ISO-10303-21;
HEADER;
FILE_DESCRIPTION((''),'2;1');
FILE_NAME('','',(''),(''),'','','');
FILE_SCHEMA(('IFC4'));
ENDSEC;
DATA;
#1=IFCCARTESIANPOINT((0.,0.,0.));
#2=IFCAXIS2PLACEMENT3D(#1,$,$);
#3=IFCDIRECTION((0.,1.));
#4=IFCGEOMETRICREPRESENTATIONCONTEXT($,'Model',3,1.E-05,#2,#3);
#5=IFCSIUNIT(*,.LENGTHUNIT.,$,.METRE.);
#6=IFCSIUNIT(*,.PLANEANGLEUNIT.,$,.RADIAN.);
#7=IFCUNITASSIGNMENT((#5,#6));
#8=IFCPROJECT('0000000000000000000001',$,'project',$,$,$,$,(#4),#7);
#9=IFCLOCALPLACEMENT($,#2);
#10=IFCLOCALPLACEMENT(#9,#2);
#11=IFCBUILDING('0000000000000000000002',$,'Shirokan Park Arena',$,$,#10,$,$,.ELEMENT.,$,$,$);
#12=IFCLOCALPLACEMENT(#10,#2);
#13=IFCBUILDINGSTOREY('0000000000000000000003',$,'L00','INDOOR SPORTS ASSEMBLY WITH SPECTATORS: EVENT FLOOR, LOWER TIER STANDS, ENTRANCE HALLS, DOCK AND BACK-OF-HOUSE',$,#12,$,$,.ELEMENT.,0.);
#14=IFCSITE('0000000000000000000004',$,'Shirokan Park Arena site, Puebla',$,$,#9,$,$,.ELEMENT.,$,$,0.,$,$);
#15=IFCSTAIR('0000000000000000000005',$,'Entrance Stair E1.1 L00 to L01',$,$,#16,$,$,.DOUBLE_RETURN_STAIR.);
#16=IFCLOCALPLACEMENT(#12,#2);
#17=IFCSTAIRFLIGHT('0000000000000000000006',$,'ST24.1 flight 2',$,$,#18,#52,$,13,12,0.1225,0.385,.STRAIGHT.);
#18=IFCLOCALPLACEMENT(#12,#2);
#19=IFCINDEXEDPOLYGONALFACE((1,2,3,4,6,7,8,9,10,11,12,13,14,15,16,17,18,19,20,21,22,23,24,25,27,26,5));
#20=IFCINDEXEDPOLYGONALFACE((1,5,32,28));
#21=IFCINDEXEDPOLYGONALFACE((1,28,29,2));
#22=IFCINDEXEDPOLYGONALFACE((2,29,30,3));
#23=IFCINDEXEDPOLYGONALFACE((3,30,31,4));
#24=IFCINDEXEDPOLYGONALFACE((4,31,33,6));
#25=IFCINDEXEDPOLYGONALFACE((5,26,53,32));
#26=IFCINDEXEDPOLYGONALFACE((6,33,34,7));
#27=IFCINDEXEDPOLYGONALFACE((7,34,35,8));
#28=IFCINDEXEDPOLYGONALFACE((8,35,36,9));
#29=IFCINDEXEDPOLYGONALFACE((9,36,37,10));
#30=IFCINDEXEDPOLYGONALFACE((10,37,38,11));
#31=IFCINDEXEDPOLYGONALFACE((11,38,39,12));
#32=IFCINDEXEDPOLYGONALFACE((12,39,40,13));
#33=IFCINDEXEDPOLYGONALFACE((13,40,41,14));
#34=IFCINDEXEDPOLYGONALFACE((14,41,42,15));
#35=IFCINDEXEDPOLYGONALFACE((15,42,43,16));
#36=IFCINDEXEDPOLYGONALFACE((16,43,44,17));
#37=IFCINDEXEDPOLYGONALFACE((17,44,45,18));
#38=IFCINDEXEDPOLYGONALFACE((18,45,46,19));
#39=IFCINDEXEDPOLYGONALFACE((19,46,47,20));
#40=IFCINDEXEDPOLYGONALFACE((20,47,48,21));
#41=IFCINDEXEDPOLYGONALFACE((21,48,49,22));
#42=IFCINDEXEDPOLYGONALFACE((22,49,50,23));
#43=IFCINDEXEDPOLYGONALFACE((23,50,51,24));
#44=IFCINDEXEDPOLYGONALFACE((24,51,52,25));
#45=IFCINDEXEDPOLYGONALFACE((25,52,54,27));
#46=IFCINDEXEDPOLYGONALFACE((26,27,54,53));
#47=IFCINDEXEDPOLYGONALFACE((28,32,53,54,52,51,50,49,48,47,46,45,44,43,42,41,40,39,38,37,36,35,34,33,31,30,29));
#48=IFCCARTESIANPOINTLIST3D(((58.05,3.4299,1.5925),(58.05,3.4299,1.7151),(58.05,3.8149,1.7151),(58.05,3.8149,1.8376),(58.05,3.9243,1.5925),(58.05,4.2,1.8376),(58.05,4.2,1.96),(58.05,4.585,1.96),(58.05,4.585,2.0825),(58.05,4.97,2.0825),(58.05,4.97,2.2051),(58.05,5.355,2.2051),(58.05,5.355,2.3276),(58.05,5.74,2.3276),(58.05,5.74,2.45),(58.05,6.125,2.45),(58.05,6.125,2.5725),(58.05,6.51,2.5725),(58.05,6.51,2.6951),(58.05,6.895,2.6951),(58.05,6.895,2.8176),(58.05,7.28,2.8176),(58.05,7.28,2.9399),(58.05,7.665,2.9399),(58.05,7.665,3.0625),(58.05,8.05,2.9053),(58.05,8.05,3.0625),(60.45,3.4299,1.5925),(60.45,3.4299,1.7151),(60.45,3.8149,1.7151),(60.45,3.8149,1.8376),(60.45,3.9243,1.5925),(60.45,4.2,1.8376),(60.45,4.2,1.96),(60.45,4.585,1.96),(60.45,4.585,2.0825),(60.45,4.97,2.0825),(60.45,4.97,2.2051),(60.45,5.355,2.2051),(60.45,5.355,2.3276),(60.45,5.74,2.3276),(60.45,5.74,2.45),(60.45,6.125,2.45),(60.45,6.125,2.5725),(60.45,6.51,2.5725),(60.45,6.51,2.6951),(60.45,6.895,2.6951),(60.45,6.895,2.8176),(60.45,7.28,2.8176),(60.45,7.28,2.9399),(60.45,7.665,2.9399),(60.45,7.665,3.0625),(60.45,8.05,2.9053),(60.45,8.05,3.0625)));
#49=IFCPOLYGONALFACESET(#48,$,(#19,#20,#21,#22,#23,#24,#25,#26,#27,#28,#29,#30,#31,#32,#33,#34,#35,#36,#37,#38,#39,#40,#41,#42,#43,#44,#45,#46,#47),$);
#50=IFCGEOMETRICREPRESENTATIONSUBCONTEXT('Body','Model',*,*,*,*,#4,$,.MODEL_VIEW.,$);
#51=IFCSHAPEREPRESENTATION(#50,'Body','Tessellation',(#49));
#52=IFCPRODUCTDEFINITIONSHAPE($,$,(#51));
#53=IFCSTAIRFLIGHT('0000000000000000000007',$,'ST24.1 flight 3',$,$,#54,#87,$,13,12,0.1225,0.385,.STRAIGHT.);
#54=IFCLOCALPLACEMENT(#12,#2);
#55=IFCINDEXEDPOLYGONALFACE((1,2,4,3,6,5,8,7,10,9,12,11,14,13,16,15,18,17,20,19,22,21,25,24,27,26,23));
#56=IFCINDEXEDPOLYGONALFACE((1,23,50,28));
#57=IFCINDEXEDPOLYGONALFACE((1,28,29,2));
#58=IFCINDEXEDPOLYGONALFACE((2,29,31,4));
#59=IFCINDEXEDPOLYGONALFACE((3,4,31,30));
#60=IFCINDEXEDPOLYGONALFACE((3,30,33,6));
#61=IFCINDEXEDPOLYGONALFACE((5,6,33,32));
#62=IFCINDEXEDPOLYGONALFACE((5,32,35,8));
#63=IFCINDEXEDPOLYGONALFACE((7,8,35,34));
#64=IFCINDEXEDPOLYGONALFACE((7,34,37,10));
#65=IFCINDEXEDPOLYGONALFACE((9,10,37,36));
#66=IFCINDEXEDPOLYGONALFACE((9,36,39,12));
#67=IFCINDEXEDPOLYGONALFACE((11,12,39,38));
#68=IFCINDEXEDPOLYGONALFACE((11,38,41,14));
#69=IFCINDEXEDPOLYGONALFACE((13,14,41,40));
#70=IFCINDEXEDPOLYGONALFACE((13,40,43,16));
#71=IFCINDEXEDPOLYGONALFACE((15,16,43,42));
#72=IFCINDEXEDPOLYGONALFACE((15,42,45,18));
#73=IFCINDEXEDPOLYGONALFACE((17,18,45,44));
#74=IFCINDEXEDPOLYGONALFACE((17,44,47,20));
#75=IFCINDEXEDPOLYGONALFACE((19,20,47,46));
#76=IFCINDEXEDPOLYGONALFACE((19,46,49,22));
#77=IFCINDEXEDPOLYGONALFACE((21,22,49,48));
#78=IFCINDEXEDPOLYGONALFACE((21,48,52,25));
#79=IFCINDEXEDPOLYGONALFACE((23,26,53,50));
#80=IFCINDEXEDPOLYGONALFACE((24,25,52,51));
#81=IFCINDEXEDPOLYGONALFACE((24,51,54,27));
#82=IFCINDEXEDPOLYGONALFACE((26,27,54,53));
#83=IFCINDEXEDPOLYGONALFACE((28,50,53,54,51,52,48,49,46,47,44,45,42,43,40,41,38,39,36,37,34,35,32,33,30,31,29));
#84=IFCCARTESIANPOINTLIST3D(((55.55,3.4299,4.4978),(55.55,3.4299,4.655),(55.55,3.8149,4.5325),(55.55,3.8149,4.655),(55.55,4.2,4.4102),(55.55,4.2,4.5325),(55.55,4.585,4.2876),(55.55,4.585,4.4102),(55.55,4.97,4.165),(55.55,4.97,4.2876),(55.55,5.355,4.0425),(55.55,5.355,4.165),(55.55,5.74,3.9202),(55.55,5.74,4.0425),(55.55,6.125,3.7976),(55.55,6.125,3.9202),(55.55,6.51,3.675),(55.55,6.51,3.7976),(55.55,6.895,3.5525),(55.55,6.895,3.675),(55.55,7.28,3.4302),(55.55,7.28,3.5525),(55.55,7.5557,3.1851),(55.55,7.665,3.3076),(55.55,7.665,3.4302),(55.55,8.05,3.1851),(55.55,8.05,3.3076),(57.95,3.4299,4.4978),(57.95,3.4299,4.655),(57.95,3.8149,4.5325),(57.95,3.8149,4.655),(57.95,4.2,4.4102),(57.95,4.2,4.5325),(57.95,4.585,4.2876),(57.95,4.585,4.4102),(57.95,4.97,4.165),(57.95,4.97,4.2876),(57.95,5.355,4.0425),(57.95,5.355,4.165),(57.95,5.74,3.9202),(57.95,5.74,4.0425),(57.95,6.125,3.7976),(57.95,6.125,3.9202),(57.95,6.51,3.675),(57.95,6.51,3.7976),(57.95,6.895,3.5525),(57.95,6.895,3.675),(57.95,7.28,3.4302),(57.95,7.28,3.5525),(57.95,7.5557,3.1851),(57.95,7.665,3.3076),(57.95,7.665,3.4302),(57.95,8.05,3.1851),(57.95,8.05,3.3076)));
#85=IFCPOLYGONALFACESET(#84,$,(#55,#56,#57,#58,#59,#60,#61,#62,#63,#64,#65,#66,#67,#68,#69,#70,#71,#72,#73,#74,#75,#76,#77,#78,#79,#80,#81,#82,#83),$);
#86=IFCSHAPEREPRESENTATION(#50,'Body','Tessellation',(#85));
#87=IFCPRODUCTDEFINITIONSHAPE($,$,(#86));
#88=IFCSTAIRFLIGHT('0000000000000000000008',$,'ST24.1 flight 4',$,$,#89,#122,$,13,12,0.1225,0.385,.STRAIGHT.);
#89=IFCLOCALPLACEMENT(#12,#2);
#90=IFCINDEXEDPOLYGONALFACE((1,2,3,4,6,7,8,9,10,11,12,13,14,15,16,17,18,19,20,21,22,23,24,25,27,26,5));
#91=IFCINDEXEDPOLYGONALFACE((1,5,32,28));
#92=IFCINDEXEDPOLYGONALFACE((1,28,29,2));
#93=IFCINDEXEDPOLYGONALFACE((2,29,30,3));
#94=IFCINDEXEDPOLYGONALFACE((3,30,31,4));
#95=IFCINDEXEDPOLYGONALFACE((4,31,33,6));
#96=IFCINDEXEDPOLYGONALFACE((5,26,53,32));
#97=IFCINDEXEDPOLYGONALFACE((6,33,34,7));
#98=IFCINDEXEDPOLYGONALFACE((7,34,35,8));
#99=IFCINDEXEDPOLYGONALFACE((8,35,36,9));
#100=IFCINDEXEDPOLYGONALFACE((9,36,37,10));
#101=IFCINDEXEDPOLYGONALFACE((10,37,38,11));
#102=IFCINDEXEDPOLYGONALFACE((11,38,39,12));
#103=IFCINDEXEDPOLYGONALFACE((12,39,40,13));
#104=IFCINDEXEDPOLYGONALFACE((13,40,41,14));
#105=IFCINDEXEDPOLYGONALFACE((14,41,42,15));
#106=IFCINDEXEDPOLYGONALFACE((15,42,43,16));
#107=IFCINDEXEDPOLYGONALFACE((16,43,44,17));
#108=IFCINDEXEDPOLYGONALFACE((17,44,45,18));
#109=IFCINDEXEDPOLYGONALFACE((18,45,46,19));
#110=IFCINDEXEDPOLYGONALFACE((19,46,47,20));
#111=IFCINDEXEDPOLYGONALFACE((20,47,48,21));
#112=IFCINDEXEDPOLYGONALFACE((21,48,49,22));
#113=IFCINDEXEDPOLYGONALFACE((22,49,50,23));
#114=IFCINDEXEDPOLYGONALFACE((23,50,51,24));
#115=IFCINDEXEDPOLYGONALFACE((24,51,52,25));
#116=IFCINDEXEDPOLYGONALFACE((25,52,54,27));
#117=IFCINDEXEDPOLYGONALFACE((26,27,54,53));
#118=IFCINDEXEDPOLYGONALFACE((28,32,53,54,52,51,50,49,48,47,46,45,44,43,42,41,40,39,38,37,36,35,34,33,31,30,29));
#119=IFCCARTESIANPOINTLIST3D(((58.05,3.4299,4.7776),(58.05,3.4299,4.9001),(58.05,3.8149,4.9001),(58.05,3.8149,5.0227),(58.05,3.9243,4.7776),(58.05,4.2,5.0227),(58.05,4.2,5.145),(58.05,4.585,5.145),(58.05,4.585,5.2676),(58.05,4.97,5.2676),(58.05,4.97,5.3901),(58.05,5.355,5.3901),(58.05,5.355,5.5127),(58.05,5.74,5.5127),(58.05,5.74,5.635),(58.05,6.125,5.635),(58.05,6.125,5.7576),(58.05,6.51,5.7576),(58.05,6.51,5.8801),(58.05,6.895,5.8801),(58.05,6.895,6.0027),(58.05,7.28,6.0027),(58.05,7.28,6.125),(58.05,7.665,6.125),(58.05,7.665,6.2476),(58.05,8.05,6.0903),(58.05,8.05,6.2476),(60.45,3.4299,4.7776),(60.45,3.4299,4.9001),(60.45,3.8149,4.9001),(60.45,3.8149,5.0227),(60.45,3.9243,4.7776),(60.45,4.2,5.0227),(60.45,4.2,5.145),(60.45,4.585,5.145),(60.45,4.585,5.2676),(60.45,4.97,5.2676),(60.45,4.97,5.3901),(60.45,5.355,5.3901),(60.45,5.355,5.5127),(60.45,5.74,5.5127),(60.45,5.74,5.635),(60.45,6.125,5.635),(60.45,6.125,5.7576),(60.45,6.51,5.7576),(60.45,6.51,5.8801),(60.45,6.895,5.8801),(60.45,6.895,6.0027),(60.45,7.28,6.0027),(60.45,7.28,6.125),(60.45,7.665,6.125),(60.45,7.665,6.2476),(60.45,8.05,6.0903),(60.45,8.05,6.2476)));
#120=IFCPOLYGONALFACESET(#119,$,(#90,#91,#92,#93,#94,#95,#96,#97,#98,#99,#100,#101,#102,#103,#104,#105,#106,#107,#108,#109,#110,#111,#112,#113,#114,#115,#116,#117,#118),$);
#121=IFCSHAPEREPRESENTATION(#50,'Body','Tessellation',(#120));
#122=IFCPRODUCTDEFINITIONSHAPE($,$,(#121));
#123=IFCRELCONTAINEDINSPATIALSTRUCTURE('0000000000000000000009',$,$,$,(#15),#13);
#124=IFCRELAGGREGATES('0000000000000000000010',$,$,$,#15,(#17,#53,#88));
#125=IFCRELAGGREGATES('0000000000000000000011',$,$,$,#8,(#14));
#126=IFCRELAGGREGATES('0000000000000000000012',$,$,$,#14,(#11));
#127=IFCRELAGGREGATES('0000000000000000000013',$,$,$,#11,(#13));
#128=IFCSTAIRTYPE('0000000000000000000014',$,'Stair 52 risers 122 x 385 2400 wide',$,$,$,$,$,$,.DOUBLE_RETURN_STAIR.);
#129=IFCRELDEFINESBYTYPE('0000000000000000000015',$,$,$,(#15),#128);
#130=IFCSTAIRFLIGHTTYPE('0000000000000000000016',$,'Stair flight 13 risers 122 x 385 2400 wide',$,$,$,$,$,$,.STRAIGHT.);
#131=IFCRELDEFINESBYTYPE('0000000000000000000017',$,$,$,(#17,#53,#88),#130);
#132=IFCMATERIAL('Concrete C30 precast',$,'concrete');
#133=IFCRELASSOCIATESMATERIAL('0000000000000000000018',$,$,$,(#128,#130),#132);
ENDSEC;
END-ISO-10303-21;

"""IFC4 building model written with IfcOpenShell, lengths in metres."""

from ifc_helpers import new_model, si_unit, direction, frame, origin, place, context, subcontext, project, spatial, polyline, outline, extrude, material, type_object, element, aggregate, save


model = new_model("IFC4")

# Units and contexts
model_context = context("Model", 3, precision=1e-05, world=origin(), true_north=direction((0.0, 1.0)))
body_context = subcontext(model_context, "Body", "Model", "MODEL_VIEW")
ifc_project = project(units=[si_unit("LENGTHUNIT", "METRE"), si_unit("PLANEANGLEUNIT", "RADIAN")], contexts=[model_context])

# Site, building, storey
site_placement = place(None, origin())
site = spatial("IfcSite", under=ifc_project, at=site_placement, Name="Shirokan Park Arena site, Puebla", CompositionType="ELEMENT", RefElevation=0.0)
building_placement = place(site_placement, origin())
building = spatial("IfcBuilding", under=site, at=building_placement, Name="Shirokan Park Arena", CompositionType="ELEMENT")
storey_placement = place(building_placement, origin())
storey = spatial("IfcBuildingStorey", under=building, at=storey_placement, Name="L00", Description="INDOOR SPORTS ASSEMBLY WITH SPECTATORS: EVENT FLOOR, LOWER TIER STANDS, ENTRANCE HALLS, DOCK AND BACK-OF-HOUSE", CompositionType="ELEMENT", Elevation=0.0)

# Stair, stair flights
ifc_material_1 = material(Name="Concrete C30 precast", Category="concrete")
stair_type = type_object("IfcStairType", Name="Stair 52 risers 122 x 385 2400 wide", PredefinedType="DOUBLE_RETURN_STAIR", material=ifc_material_1)
stair_placement = place(storey_placement, origin())
stair = element("IfcStair", 1, at=stair_placement, inside=storey, type_object=stair_type, Name="Entrance Stair E1.1 L00 to L01", PredefinedType="DOUBLE_RETURN_STAIR")
stair_flight_type = type_object("IfcStairFlightType", Name="Stair flight 13 risers 122 x 385 2400 wide", PredefinedType="STRAIGHT", material=ifc_material_1)
stair_flight_1_placement = place(storey_placement, frame((59.25, 3.4299, 1.5925), z_axis=(0.0, 0.0, 1.0), x_axis=(0.0, 1.0, 0.0)))
stair_flight_1 = element("IfcStairFlight", 2, at=stair_flight_1_placement, type_object=stair_flight_type, Name="ST24.1 flight 2", NumberOfRisers=13, NumberOfTreads=12, PredefinedType="STRAIGHT", RiserHeight=0.1225, TreadLength=0.385, context=body_context, shape_type="SweptSolid", body=[
    extrude(outline(polyline([(0.0, 0.0), (0.0, 0.1226), (0.385, 0.1226), (0.385, 0.2451), (0.77, 0.2451), (0.77, 0.3674), (1.155, 0.3674), (1.155, 0.49), (1.54, 0.49), (1.54, 0.6125), (1.925, 0.6125), (1.925, 0.7351), (2.3101, 0.7351), (2.3101, 0.8574), (2.6951, 0.8574), (2.6951, 0.98), (3.0801, 0.98), (3.0801, 1.1025), (3.4651, 1.1025), (3.4651, 1.2251), (3.8501, 1.2251), (3.8501, 1.3474), (4.2351, 1.3474), (4.2351, 1.47), (4.6201, 1.47), (4.6201, 1.5925), (4.6201, 1.3127), (0.4944, 0.0), (0.0, 0.0)])), frame((0.0, 1.2, 0.0), z_axis=(0.0, -1.0, 0.0), x_axis=(1.0, 0.0, 0.0)), (0.0, 0.0, 1.0), 2.3999),
])
stair_flight_2_placement = place(storey_placement, frame((56.75, 8.05, 3.1851), z_axis=(0.0, 0.0, 1.0), x_axis=(0.0, -1.0, 0.0)))
stair_flight_2 = element("IfcStairFlight", 3, at=stair_flight_2_placement, type_object=stair_flight_type, Name="ST24.1 flight 3", NumberOfRisers=13, NumberOfTreads=12, PredefinedType="STRAIGHT", RiserHeight=0.1225, TreadLength=0.385, context=body_context, shape_type="SweptSolid", body=[
    extrude(outline(polyline([(0.0, 0.0), (0.0, 0.1226), (0.385, 0.1226), (0.385, 0.2451), (0.77, 0.2451), (0.77, 0.3674), (1.155, 0.3674), (1.155, 0.49), (1.54, 0.49), (1.54, 0.6125), (1.925, 0.6125), (1.925, 0.7351), (2.3101, 0.7351), (2.3101, 0.8574), (2.6951, 0.8574), (2.6951, 0.98), (3.0801, 0.98), (3.0801, 1.1025), (3.4651, 1.1025), (3.4651, 1.2251), (3.8501, 1.2251), (3.8501, 1.3474), (4.2351, 1.3474), (4.2351, 1.47), (4.6201, 1.47), (4.6201, 1.5925), (4.6201, 1.3127), (0.4944, 0.0), (0.0, 0.0)])), frame((0.0, 1.2, 0.0), z_axis=(0.0, -1.0, 0.0), x_axis=(1.0, 0.0, 0.0)), (0.0, 0.0, 1.0), 2.3999),
])
stair_flight_3_placement = place(storey_placement, frame((59.25, 3.4299, 4.7776), z_axis=(0.0, 0.0, 1.0), x_axis=(0.0, 1.0, 0.0)))
stair_flight_3 = element("IfcStairFlight", 4, at=stair_flight_3_placement, type_object=stair_flight_type, Name="ST24.1 flight 4", NumberOfRisers=13, NumberOfTreads=12, PredefinedType="STRAIGHT", RiserHeight=0.1225, TreadLength=0.385, context=body_context, shape_type="SweptSolid", body=[
    extrude(outline(polyline([(0.0, 0.0), (0.0, 0.1226), (0.385, 0.1226), (0.385, 0.2451), (0.77, 0.2451), (0.77, 0.3674), (1.155, 0.3674), (1.155, 0.49), (1.54, 0.49), (1.54, 0.6125), (1.925, 0.6125), (1.925, 0.7351), (2.3101, 0.7351), (2.3101, 0.8574), (2.6951, 0.8574), (2.6951, 0.98), (3.0801, 0.98), (3.0801, 1.1025), (3.4651, 1.1025), (3.4651, 1.2251), (3.8501, 1.2251), (3.8501, 1.3474), (4.2351, 1.3474), (4.2351, 1.47), (4.6201, 1.47), (4.6201, 1.5925), (4.6201, 1.3127), (0.4944, 0.0), (0.0, 0.0)])), frame((0.0, 1.2, 0.0), z_axis=(0.0, -1.0, 0.0), x_axis=(1.0, 0.0, 0.0)), (0.0, 0.0, 1.0), 2.3999),
])
aggregate(stair, [stair_flight_1, stair_flight_2, stair_flight_3])

save(model, "model.ifc")
